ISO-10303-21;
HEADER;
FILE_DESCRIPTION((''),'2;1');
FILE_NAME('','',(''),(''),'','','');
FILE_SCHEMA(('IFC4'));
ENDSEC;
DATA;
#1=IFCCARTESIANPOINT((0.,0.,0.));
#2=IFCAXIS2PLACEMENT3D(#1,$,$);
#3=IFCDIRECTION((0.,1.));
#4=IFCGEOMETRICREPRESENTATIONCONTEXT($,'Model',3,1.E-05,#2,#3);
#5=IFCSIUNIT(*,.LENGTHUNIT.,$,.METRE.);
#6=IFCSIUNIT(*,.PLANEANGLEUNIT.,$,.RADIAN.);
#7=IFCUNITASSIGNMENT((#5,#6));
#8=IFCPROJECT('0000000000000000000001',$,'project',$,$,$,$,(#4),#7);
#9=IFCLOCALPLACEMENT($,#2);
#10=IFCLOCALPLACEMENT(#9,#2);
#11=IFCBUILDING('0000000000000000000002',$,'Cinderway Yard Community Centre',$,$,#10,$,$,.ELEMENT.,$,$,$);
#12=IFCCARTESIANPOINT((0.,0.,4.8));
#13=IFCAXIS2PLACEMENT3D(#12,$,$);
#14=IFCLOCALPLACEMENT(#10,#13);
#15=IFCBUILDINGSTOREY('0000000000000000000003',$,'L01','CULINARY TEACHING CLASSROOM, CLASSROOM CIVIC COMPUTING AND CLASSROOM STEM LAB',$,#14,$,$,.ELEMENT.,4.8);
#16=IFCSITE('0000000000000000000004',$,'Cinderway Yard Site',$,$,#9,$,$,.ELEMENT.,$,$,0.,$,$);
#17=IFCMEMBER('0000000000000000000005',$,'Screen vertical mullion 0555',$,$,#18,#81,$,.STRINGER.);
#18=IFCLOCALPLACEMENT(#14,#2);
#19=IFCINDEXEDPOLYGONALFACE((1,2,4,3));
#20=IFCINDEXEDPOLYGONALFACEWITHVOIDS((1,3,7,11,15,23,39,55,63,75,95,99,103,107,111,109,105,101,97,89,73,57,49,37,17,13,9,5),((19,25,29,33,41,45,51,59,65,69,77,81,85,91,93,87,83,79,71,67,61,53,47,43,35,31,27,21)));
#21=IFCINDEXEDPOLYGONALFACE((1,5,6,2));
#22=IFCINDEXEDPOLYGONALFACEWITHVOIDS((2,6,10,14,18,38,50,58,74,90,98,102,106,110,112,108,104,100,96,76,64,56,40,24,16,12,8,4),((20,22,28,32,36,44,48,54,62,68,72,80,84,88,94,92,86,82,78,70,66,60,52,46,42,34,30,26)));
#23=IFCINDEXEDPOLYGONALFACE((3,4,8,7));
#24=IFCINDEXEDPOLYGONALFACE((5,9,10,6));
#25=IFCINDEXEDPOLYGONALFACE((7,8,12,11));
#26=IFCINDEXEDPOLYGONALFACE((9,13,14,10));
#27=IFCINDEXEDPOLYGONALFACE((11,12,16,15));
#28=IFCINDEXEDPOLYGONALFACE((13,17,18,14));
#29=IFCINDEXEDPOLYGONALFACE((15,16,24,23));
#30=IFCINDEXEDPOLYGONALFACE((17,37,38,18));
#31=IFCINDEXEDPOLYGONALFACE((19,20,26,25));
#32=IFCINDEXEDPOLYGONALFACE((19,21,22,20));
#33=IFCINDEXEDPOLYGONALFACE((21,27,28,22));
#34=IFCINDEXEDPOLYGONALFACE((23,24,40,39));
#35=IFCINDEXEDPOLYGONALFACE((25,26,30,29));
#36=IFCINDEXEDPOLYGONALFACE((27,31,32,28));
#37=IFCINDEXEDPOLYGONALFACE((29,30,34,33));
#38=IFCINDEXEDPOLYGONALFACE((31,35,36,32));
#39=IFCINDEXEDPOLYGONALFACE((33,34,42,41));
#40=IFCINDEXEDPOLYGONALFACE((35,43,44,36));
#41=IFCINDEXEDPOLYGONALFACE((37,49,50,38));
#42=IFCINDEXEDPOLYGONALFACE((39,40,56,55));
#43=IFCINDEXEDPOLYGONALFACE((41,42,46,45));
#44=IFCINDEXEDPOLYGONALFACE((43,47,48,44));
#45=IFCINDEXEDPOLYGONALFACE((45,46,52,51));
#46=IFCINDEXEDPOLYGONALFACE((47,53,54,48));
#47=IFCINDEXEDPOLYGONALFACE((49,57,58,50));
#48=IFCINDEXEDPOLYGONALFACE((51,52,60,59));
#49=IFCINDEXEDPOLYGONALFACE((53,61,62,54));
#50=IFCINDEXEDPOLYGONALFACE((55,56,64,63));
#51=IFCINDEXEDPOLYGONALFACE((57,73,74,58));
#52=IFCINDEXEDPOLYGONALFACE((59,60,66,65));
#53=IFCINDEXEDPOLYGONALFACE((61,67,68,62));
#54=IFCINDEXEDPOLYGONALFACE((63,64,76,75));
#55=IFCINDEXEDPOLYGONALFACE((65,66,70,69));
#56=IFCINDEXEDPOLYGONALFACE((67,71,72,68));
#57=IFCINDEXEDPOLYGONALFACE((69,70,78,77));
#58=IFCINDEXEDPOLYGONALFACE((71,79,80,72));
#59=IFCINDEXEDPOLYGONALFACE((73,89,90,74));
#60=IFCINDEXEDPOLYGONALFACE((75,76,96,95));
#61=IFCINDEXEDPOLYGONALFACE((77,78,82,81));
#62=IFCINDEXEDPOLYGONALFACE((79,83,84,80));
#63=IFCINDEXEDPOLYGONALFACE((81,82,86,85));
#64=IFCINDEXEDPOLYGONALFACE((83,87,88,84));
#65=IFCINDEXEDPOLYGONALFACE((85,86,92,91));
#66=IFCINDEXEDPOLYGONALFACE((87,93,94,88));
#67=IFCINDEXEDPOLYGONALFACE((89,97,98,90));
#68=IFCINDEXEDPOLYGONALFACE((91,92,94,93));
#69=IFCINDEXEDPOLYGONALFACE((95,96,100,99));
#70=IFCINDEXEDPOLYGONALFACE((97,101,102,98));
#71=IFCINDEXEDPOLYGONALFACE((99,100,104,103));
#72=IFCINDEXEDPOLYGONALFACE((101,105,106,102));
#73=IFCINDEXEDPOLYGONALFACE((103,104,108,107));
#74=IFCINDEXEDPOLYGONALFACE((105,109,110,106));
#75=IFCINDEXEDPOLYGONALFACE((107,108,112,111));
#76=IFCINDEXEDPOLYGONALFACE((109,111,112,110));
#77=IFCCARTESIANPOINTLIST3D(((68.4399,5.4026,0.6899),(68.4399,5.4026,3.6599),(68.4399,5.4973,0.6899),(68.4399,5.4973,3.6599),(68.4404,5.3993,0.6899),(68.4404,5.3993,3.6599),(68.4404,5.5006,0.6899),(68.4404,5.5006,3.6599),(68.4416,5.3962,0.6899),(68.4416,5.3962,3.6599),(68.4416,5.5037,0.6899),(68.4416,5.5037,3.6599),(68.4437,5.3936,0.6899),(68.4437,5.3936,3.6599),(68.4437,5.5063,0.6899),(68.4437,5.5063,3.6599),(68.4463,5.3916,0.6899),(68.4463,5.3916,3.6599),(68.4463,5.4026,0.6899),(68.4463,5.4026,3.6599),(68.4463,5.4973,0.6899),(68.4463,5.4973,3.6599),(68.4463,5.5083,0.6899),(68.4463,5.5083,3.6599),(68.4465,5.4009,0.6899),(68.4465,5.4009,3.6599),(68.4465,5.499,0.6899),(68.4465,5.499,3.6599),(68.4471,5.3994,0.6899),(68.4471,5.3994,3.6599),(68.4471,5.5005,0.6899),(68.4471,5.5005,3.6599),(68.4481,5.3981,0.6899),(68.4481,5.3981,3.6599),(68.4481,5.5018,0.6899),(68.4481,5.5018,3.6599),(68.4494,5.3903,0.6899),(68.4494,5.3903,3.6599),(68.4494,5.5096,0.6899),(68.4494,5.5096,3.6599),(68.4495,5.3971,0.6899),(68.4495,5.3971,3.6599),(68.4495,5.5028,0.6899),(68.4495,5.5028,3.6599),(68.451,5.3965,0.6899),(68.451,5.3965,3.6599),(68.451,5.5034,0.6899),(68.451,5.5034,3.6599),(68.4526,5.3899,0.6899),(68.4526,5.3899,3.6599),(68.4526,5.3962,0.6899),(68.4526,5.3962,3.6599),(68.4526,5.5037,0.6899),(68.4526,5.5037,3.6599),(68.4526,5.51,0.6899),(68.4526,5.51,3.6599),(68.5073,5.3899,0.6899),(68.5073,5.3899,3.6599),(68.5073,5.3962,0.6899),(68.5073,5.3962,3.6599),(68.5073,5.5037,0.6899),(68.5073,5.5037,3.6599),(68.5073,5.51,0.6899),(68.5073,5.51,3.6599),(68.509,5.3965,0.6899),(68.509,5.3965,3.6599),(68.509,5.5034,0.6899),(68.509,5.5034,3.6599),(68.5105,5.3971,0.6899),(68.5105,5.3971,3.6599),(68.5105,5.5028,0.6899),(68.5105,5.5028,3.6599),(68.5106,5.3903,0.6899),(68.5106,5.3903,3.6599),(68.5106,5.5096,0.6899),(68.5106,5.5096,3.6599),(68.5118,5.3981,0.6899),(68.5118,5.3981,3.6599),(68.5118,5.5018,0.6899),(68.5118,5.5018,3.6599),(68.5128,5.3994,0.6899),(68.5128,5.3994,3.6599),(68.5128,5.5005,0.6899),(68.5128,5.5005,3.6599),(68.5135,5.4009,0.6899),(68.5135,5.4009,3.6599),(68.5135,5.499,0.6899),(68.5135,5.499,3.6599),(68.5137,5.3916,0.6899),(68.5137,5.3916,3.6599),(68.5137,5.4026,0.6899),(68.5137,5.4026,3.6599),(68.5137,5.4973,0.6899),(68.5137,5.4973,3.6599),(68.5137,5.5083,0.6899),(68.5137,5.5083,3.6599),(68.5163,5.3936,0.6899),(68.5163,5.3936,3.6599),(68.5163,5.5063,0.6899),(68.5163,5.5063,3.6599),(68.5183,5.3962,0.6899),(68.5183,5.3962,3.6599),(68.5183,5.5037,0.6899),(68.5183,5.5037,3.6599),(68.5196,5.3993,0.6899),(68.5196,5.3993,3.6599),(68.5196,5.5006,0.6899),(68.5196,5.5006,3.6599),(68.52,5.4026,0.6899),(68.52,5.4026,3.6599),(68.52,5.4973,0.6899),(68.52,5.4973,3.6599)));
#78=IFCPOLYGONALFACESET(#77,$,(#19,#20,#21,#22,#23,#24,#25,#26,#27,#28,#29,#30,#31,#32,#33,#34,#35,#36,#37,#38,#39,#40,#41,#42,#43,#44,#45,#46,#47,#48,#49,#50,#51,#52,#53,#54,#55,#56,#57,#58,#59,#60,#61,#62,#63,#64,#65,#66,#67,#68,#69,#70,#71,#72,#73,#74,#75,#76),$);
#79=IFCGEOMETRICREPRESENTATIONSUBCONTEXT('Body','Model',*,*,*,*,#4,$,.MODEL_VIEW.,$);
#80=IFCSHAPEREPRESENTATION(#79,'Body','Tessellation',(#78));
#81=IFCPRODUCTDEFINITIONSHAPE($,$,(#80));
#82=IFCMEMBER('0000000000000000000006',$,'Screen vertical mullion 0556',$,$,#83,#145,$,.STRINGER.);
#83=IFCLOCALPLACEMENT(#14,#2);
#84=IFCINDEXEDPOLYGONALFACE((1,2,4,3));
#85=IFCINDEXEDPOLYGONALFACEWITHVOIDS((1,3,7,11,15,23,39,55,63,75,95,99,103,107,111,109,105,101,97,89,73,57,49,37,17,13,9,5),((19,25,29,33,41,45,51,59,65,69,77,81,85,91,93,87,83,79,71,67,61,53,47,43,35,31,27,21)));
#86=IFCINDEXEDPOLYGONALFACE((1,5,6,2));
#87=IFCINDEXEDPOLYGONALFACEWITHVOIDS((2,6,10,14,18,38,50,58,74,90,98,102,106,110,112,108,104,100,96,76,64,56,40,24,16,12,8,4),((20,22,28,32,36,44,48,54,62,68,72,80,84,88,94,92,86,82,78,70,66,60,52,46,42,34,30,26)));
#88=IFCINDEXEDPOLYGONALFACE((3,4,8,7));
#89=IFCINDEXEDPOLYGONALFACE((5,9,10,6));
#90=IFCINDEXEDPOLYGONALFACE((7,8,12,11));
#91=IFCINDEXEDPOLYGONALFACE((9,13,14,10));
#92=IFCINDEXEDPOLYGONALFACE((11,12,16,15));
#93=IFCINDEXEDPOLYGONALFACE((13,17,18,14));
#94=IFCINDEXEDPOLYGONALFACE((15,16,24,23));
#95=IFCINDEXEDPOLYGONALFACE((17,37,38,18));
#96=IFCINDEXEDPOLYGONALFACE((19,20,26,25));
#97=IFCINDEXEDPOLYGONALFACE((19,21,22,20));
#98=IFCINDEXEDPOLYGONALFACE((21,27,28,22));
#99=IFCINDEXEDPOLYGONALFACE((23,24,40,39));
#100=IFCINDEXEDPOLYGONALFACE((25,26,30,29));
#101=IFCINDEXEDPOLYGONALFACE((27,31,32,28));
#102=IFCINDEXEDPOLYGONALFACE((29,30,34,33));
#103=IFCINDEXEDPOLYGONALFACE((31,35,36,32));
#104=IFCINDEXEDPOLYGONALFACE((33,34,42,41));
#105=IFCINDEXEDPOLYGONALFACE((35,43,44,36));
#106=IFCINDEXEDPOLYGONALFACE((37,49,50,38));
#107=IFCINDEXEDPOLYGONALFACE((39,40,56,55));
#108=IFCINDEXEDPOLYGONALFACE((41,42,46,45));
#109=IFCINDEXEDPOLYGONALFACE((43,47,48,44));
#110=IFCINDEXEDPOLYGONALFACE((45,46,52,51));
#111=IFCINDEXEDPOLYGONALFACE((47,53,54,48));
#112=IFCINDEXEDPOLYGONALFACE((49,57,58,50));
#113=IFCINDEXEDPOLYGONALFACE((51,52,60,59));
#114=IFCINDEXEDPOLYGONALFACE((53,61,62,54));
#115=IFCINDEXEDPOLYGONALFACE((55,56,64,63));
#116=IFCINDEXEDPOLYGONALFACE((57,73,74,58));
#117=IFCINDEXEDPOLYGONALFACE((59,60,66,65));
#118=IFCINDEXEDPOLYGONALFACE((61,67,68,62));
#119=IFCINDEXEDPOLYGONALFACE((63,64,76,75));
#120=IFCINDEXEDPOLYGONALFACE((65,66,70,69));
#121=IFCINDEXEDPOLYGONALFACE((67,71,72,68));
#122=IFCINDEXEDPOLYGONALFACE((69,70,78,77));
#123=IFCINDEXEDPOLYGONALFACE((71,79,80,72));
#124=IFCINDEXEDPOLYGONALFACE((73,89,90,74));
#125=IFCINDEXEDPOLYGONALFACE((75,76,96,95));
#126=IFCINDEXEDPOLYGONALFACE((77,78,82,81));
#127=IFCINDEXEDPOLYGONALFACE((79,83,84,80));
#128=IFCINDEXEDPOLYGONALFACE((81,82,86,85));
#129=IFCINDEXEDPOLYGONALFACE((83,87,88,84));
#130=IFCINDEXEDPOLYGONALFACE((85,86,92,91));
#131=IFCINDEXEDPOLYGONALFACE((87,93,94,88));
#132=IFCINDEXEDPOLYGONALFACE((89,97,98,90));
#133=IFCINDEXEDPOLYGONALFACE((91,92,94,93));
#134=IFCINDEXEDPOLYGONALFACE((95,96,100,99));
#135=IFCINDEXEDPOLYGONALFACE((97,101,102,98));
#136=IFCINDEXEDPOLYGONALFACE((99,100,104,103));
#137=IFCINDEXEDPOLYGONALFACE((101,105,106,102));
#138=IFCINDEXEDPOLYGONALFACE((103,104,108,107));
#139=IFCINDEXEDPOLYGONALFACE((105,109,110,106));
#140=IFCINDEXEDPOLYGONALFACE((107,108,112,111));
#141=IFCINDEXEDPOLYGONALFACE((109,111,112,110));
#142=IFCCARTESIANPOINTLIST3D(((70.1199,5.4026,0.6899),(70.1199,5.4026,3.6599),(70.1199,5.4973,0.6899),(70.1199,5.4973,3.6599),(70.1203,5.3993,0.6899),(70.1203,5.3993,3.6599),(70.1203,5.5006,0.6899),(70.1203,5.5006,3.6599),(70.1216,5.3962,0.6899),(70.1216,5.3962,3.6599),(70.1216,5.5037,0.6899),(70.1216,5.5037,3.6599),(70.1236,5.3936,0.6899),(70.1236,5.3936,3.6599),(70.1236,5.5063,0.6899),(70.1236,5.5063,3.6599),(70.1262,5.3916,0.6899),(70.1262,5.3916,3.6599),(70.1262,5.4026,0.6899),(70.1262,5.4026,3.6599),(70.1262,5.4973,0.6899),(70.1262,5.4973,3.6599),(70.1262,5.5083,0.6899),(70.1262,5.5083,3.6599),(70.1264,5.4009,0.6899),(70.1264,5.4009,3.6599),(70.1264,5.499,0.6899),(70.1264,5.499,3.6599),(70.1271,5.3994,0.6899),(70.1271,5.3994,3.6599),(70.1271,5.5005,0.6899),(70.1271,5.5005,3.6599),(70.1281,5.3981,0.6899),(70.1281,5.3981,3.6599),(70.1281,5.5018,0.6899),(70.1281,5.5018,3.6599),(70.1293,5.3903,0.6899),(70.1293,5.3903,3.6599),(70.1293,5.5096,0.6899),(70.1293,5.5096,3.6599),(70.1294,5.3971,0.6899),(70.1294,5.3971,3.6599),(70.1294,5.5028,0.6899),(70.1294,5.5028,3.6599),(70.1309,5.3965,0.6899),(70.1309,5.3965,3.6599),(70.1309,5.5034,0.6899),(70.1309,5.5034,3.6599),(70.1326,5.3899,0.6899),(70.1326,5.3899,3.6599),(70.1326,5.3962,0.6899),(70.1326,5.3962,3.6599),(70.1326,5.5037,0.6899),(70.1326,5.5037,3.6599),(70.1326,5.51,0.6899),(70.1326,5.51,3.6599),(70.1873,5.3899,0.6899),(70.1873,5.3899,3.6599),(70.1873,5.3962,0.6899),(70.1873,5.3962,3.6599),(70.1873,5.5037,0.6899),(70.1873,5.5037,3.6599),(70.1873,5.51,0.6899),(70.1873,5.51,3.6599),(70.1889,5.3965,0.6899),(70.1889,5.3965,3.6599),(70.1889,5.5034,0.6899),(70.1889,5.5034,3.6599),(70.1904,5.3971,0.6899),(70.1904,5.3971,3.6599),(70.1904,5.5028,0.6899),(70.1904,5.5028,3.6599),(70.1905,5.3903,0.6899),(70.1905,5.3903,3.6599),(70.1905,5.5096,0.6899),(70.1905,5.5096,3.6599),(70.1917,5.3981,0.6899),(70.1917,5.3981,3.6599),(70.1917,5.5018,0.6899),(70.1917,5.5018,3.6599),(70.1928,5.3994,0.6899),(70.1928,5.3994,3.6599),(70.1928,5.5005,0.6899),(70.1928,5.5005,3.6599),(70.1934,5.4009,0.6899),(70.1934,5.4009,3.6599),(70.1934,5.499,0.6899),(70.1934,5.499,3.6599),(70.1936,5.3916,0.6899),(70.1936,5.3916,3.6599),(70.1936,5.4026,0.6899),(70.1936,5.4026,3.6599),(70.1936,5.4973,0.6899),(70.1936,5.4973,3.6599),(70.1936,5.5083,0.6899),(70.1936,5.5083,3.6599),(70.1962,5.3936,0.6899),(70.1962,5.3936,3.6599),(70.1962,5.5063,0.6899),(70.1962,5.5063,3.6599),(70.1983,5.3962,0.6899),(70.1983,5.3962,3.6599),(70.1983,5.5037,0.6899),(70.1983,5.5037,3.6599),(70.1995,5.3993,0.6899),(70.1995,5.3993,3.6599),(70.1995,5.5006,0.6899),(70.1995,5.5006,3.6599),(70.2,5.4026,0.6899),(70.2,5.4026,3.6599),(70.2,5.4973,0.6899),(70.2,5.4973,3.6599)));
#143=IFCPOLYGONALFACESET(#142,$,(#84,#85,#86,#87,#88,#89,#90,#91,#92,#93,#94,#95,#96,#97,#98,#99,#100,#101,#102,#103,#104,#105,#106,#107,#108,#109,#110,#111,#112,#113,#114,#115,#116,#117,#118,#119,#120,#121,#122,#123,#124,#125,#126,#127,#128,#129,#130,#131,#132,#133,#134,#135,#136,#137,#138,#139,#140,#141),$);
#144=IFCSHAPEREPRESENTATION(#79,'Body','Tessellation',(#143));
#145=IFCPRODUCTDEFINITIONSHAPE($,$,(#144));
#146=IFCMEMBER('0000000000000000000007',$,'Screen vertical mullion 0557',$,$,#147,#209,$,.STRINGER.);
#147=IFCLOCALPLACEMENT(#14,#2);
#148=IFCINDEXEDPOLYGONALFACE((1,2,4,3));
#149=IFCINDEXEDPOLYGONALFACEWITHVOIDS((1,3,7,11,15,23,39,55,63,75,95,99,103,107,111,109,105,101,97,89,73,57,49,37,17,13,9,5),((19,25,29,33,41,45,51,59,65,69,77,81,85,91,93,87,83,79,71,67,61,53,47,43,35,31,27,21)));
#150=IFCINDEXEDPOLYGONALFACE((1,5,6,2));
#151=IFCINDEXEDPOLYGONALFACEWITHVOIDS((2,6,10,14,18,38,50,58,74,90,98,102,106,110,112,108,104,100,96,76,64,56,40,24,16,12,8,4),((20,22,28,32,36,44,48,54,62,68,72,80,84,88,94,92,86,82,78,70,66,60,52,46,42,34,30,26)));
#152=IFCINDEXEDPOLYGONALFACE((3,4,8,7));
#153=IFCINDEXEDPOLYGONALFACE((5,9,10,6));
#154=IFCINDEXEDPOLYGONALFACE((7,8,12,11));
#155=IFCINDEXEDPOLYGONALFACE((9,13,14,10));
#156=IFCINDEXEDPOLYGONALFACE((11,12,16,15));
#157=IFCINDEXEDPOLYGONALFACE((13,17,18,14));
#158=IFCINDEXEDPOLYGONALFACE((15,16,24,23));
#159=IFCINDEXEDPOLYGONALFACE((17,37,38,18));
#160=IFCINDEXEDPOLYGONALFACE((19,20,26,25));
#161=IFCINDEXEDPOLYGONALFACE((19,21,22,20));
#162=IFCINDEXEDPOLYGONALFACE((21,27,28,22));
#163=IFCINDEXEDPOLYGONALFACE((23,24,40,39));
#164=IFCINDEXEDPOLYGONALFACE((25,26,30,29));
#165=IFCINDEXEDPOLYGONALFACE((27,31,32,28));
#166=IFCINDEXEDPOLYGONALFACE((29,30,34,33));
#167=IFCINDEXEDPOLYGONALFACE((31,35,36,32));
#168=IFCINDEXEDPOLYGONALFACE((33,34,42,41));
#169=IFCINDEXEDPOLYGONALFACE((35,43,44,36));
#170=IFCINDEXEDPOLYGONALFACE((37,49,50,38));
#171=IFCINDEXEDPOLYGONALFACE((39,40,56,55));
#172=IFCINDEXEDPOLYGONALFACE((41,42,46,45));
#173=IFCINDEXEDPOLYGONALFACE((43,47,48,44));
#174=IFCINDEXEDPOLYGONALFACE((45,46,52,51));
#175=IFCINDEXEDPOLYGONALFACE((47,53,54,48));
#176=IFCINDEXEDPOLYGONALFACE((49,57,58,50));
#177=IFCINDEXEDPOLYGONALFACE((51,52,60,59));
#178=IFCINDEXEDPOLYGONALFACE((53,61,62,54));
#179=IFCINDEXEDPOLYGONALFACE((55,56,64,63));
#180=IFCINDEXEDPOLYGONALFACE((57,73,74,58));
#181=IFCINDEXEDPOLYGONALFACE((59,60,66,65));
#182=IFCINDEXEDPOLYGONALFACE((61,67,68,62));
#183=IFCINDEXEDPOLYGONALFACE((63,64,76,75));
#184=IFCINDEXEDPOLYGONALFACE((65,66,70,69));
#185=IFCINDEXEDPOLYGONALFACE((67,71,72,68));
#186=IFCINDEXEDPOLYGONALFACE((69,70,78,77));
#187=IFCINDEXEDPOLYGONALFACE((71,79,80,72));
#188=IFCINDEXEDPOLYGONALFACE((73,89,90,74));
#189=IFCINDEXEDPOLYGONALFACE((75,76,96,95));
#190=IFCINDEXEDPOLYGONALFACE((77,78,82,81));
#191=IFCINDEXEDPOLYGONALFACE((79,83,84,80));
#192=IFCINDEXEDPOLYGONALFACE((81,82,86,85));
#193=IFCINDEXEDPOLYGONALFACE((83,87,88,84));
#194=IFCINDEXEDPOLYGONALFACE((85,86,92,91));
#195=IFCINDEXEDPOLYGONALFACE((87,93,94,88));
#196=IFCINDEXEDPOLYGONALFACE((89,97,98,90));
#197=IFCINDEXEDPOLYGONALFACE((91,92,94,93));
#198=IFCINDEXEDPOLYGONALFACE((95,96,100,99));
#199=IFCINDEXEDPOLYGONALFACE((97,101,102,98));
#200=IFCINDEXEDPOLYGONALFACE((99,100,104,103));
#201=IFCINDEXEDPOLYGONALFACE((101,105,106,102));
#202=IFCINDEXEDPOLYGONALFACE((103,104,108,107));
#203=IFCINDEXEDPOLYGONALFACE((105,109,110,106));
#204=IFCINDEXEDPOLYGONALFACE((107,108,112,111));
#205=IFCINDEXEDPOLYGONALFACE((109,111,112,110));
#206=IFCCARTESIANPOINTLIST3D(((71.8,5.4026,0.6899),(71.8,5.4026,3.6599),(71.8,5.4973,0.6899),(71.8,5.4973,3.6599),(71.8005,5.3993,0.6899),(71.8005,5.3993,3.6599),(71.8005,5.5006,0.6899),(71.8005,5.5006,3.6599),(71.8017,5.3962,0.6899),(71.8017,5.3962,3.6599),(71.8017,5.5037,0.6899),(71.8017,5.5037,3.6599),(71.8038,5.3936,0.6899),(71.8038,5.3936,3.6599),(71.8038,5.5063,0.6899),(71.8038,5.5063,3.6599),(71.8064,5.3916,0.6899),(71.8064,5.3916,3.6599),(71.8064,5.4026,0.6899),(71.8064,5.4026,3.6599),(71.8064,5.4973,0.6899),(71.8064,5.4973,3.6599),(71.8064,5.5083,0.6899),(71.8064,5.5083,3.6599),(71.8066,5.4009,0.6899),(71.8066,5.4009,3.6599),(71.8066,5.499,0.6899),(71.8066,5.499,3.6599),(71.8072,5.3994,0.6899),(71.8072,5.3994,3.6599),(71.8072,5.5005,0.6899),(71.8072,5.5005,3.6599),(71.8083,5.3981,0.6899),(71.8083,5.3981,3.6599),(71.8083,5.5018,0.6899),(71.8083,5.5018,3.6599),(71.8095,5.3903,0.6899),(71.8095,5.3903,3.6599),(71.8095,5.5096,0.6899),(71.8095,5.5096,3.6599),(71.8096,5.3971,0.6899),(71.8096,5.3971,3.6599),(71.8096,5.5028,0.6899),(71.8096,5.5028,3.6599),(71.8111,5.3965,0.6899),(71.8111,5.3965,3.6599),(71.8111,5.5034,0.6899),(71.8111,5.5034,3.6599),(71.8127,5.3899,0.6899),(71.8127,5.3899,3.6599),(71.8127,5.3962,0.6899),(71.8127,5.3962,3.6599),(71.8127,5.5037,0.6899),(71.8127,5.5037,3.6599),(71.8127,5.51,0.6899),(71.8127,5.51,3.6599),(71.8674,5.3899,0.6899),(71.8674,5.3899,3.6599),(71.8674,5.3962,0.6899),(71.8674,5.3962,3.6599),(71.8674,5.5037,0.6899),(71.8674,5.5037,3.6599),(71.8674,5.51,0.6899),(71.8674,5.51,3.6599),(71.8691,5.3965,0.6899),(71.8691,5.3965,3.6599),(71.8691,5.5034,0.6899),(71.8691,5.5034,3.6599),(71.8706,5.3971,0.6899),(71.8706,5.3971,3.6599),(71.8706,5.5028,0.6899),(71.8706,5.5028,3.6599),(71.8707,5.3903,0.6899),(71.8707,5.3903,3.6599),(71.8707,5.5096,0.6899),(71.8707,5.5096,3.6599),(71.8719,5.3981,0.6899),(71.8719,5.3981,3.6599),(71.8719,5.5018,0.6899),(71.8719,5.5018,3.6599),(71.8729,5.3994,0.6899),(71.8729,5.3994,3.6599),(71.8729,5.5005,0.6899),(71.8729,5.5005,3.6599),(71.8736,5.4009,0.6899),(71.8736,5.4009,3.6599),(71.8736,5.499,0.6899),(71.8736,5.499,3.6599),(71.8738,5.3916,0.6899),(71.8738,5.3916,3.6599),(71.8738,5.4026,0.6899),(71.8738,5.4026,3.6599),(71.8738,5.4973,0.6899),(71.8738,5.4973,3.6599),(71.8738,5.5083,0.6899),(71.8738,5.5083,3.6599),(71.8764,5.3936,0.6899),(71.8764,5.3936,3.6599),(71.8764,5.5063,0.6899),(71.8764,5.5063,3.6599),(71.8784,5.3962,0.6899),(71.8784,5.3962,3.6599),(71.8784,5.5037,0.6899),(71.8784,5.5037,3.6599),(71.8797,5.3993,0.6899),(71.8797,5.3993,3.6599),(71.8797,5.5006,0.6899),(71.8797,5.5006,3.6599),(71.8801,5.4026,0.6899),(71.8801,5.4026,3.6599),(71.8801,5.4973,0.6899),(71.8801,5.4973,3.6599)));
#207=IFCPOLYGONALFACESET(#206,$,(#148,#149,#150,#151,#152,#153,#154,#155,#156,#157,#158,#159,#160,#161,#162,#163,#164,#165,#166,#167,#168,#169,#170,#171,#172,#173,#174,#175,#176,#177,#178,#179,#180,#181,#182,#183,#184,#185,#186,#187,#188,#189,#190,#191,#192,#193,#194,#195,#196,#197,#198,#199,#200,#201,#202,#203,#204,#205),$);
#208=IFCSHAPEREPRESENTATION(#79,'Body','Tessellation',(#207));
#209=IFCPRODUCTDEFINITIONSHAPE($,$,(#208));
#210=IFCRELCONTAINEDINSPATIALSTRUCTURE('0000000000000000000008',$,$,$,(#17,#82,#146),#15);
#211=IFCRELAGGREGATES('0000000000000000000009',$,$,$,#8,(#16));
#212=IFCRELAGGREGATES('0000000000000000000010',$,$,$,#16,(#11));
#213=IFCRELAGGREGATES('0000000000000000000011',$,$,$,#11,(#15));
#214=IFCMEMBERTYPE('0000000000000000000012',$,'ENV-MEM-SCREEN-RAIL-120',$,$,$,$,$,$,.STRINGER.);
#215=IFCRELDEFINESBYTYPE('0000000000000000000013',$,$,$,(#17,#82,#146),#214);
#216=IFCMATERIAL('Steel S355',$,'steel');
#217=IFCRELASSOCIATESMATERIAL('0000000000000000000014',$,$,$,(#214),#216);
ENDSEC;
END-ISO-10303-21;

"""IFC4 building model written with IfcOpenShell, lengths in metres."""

from ifc_helpers import new_model, si_unit, direction, frame, origin, origin_2d, place, context, subcontext, project, spatial, hollow_rectangle, extrude, material, material_profile, profile_set, type_object, element, save


model = new_model("IFC4")

# Units and contexts
model_context = context("Model", 3, precision=1e-05, world=origin(), true_north=direction((0.0, 1.0)))
body_context = subcontext(model_context, "Body", "Model", "MODEL_VIEW")
ifc_project = project(units=[si_unit("LENGTHUNIT", "METRE"), si_unit("PLANEANGLEUNIT", "RADIAN")], contexts=[model_context])

# Site, building, storey
site_placement = place(None, origin())
site = spatial("IfcSite", under=ifc_project, at=site_placement, Name="Cinderway Yard Site", CompositionType="ELEMENT", RefElevation=0.0)
building_placement = place(site_placement, origin())
building = spatial("IfcBuilding", under=site, at=building_placement, Name="Cinderway Yard Community Centre", CompositionType="ELEMENT")
storey_placement = place(building_placement, frame((0.0, 0.0, 4.8)))
storey = spatial("IfcBuildingStorey", under=building, at=storey_placement, Name="L01", Description="CULINARY TEACHING CLASSROOM, CLASSROOM CIVIC COMPUTING AND CLASSROOM STEM LAB", CompositionType="ELEMENT", Elevation=4.8)

# Members
ifc_material_1 = material(Name="Steel S355", Category="steel")
ifc_material_profile_1 = material_profile(ifc_material_1, hollow_rectangle(XDim=0.0801, YDim=0.1201, WallThickness=0.0063, InnerFilletRadius=0.0063, OuterFilletRadius=0.0127, at=origin_2d()), Name="Steel S355")
ifc_profile_set_1 = profile_set([ifc_material_profile_1], Name="Steel S355")
member_type_1 = type_object("IfcMemberType", Name="ENV-MEM-SCREEN-RAIL-120", PredefinedType="STRINGER", material=ifc_profile_set_1)
for number, where, z_axis, x_axis, name in (
    (1, (68.48, 5.45, 0.6899), (0.0, 0.0, 1.0), (1.0, 0.0, 0.0), "Screen vertical mullion 0555"),
    (2, (70.1599, 5.45, 0.6899), (0.0, 0.0, 1.0), (1.0, 0.0, 0.0), "Screen vertical mullion 0556"),
    (3, (71.8401, 5.45, 0.6899), (0.0, 0.0, 1.0), (1.0, 0.0, 0.0), "Screen vertical mullion 0557"),
):
    element("IfcMember", number, at=place(storey_placement, frame(where, z_axis=z_axis, x_axis=x_axis)), inside=storey, type_object=member_type_1, Name=name, PredefinedType="STRINGER", context=body_context, shape_type="SweptSolid", body=[
        extrude(hollow_rectangle(XDim=0.0801, YDim=0.1201, WallThickness=0.0063, InnerFilletRadius=0.0063, OuterFilletRadius=0.0127, at=origin_2d()), origin(), (0.0, 0.0, 1.0), 2.97),
    ])

save(model, "model.ifc")
